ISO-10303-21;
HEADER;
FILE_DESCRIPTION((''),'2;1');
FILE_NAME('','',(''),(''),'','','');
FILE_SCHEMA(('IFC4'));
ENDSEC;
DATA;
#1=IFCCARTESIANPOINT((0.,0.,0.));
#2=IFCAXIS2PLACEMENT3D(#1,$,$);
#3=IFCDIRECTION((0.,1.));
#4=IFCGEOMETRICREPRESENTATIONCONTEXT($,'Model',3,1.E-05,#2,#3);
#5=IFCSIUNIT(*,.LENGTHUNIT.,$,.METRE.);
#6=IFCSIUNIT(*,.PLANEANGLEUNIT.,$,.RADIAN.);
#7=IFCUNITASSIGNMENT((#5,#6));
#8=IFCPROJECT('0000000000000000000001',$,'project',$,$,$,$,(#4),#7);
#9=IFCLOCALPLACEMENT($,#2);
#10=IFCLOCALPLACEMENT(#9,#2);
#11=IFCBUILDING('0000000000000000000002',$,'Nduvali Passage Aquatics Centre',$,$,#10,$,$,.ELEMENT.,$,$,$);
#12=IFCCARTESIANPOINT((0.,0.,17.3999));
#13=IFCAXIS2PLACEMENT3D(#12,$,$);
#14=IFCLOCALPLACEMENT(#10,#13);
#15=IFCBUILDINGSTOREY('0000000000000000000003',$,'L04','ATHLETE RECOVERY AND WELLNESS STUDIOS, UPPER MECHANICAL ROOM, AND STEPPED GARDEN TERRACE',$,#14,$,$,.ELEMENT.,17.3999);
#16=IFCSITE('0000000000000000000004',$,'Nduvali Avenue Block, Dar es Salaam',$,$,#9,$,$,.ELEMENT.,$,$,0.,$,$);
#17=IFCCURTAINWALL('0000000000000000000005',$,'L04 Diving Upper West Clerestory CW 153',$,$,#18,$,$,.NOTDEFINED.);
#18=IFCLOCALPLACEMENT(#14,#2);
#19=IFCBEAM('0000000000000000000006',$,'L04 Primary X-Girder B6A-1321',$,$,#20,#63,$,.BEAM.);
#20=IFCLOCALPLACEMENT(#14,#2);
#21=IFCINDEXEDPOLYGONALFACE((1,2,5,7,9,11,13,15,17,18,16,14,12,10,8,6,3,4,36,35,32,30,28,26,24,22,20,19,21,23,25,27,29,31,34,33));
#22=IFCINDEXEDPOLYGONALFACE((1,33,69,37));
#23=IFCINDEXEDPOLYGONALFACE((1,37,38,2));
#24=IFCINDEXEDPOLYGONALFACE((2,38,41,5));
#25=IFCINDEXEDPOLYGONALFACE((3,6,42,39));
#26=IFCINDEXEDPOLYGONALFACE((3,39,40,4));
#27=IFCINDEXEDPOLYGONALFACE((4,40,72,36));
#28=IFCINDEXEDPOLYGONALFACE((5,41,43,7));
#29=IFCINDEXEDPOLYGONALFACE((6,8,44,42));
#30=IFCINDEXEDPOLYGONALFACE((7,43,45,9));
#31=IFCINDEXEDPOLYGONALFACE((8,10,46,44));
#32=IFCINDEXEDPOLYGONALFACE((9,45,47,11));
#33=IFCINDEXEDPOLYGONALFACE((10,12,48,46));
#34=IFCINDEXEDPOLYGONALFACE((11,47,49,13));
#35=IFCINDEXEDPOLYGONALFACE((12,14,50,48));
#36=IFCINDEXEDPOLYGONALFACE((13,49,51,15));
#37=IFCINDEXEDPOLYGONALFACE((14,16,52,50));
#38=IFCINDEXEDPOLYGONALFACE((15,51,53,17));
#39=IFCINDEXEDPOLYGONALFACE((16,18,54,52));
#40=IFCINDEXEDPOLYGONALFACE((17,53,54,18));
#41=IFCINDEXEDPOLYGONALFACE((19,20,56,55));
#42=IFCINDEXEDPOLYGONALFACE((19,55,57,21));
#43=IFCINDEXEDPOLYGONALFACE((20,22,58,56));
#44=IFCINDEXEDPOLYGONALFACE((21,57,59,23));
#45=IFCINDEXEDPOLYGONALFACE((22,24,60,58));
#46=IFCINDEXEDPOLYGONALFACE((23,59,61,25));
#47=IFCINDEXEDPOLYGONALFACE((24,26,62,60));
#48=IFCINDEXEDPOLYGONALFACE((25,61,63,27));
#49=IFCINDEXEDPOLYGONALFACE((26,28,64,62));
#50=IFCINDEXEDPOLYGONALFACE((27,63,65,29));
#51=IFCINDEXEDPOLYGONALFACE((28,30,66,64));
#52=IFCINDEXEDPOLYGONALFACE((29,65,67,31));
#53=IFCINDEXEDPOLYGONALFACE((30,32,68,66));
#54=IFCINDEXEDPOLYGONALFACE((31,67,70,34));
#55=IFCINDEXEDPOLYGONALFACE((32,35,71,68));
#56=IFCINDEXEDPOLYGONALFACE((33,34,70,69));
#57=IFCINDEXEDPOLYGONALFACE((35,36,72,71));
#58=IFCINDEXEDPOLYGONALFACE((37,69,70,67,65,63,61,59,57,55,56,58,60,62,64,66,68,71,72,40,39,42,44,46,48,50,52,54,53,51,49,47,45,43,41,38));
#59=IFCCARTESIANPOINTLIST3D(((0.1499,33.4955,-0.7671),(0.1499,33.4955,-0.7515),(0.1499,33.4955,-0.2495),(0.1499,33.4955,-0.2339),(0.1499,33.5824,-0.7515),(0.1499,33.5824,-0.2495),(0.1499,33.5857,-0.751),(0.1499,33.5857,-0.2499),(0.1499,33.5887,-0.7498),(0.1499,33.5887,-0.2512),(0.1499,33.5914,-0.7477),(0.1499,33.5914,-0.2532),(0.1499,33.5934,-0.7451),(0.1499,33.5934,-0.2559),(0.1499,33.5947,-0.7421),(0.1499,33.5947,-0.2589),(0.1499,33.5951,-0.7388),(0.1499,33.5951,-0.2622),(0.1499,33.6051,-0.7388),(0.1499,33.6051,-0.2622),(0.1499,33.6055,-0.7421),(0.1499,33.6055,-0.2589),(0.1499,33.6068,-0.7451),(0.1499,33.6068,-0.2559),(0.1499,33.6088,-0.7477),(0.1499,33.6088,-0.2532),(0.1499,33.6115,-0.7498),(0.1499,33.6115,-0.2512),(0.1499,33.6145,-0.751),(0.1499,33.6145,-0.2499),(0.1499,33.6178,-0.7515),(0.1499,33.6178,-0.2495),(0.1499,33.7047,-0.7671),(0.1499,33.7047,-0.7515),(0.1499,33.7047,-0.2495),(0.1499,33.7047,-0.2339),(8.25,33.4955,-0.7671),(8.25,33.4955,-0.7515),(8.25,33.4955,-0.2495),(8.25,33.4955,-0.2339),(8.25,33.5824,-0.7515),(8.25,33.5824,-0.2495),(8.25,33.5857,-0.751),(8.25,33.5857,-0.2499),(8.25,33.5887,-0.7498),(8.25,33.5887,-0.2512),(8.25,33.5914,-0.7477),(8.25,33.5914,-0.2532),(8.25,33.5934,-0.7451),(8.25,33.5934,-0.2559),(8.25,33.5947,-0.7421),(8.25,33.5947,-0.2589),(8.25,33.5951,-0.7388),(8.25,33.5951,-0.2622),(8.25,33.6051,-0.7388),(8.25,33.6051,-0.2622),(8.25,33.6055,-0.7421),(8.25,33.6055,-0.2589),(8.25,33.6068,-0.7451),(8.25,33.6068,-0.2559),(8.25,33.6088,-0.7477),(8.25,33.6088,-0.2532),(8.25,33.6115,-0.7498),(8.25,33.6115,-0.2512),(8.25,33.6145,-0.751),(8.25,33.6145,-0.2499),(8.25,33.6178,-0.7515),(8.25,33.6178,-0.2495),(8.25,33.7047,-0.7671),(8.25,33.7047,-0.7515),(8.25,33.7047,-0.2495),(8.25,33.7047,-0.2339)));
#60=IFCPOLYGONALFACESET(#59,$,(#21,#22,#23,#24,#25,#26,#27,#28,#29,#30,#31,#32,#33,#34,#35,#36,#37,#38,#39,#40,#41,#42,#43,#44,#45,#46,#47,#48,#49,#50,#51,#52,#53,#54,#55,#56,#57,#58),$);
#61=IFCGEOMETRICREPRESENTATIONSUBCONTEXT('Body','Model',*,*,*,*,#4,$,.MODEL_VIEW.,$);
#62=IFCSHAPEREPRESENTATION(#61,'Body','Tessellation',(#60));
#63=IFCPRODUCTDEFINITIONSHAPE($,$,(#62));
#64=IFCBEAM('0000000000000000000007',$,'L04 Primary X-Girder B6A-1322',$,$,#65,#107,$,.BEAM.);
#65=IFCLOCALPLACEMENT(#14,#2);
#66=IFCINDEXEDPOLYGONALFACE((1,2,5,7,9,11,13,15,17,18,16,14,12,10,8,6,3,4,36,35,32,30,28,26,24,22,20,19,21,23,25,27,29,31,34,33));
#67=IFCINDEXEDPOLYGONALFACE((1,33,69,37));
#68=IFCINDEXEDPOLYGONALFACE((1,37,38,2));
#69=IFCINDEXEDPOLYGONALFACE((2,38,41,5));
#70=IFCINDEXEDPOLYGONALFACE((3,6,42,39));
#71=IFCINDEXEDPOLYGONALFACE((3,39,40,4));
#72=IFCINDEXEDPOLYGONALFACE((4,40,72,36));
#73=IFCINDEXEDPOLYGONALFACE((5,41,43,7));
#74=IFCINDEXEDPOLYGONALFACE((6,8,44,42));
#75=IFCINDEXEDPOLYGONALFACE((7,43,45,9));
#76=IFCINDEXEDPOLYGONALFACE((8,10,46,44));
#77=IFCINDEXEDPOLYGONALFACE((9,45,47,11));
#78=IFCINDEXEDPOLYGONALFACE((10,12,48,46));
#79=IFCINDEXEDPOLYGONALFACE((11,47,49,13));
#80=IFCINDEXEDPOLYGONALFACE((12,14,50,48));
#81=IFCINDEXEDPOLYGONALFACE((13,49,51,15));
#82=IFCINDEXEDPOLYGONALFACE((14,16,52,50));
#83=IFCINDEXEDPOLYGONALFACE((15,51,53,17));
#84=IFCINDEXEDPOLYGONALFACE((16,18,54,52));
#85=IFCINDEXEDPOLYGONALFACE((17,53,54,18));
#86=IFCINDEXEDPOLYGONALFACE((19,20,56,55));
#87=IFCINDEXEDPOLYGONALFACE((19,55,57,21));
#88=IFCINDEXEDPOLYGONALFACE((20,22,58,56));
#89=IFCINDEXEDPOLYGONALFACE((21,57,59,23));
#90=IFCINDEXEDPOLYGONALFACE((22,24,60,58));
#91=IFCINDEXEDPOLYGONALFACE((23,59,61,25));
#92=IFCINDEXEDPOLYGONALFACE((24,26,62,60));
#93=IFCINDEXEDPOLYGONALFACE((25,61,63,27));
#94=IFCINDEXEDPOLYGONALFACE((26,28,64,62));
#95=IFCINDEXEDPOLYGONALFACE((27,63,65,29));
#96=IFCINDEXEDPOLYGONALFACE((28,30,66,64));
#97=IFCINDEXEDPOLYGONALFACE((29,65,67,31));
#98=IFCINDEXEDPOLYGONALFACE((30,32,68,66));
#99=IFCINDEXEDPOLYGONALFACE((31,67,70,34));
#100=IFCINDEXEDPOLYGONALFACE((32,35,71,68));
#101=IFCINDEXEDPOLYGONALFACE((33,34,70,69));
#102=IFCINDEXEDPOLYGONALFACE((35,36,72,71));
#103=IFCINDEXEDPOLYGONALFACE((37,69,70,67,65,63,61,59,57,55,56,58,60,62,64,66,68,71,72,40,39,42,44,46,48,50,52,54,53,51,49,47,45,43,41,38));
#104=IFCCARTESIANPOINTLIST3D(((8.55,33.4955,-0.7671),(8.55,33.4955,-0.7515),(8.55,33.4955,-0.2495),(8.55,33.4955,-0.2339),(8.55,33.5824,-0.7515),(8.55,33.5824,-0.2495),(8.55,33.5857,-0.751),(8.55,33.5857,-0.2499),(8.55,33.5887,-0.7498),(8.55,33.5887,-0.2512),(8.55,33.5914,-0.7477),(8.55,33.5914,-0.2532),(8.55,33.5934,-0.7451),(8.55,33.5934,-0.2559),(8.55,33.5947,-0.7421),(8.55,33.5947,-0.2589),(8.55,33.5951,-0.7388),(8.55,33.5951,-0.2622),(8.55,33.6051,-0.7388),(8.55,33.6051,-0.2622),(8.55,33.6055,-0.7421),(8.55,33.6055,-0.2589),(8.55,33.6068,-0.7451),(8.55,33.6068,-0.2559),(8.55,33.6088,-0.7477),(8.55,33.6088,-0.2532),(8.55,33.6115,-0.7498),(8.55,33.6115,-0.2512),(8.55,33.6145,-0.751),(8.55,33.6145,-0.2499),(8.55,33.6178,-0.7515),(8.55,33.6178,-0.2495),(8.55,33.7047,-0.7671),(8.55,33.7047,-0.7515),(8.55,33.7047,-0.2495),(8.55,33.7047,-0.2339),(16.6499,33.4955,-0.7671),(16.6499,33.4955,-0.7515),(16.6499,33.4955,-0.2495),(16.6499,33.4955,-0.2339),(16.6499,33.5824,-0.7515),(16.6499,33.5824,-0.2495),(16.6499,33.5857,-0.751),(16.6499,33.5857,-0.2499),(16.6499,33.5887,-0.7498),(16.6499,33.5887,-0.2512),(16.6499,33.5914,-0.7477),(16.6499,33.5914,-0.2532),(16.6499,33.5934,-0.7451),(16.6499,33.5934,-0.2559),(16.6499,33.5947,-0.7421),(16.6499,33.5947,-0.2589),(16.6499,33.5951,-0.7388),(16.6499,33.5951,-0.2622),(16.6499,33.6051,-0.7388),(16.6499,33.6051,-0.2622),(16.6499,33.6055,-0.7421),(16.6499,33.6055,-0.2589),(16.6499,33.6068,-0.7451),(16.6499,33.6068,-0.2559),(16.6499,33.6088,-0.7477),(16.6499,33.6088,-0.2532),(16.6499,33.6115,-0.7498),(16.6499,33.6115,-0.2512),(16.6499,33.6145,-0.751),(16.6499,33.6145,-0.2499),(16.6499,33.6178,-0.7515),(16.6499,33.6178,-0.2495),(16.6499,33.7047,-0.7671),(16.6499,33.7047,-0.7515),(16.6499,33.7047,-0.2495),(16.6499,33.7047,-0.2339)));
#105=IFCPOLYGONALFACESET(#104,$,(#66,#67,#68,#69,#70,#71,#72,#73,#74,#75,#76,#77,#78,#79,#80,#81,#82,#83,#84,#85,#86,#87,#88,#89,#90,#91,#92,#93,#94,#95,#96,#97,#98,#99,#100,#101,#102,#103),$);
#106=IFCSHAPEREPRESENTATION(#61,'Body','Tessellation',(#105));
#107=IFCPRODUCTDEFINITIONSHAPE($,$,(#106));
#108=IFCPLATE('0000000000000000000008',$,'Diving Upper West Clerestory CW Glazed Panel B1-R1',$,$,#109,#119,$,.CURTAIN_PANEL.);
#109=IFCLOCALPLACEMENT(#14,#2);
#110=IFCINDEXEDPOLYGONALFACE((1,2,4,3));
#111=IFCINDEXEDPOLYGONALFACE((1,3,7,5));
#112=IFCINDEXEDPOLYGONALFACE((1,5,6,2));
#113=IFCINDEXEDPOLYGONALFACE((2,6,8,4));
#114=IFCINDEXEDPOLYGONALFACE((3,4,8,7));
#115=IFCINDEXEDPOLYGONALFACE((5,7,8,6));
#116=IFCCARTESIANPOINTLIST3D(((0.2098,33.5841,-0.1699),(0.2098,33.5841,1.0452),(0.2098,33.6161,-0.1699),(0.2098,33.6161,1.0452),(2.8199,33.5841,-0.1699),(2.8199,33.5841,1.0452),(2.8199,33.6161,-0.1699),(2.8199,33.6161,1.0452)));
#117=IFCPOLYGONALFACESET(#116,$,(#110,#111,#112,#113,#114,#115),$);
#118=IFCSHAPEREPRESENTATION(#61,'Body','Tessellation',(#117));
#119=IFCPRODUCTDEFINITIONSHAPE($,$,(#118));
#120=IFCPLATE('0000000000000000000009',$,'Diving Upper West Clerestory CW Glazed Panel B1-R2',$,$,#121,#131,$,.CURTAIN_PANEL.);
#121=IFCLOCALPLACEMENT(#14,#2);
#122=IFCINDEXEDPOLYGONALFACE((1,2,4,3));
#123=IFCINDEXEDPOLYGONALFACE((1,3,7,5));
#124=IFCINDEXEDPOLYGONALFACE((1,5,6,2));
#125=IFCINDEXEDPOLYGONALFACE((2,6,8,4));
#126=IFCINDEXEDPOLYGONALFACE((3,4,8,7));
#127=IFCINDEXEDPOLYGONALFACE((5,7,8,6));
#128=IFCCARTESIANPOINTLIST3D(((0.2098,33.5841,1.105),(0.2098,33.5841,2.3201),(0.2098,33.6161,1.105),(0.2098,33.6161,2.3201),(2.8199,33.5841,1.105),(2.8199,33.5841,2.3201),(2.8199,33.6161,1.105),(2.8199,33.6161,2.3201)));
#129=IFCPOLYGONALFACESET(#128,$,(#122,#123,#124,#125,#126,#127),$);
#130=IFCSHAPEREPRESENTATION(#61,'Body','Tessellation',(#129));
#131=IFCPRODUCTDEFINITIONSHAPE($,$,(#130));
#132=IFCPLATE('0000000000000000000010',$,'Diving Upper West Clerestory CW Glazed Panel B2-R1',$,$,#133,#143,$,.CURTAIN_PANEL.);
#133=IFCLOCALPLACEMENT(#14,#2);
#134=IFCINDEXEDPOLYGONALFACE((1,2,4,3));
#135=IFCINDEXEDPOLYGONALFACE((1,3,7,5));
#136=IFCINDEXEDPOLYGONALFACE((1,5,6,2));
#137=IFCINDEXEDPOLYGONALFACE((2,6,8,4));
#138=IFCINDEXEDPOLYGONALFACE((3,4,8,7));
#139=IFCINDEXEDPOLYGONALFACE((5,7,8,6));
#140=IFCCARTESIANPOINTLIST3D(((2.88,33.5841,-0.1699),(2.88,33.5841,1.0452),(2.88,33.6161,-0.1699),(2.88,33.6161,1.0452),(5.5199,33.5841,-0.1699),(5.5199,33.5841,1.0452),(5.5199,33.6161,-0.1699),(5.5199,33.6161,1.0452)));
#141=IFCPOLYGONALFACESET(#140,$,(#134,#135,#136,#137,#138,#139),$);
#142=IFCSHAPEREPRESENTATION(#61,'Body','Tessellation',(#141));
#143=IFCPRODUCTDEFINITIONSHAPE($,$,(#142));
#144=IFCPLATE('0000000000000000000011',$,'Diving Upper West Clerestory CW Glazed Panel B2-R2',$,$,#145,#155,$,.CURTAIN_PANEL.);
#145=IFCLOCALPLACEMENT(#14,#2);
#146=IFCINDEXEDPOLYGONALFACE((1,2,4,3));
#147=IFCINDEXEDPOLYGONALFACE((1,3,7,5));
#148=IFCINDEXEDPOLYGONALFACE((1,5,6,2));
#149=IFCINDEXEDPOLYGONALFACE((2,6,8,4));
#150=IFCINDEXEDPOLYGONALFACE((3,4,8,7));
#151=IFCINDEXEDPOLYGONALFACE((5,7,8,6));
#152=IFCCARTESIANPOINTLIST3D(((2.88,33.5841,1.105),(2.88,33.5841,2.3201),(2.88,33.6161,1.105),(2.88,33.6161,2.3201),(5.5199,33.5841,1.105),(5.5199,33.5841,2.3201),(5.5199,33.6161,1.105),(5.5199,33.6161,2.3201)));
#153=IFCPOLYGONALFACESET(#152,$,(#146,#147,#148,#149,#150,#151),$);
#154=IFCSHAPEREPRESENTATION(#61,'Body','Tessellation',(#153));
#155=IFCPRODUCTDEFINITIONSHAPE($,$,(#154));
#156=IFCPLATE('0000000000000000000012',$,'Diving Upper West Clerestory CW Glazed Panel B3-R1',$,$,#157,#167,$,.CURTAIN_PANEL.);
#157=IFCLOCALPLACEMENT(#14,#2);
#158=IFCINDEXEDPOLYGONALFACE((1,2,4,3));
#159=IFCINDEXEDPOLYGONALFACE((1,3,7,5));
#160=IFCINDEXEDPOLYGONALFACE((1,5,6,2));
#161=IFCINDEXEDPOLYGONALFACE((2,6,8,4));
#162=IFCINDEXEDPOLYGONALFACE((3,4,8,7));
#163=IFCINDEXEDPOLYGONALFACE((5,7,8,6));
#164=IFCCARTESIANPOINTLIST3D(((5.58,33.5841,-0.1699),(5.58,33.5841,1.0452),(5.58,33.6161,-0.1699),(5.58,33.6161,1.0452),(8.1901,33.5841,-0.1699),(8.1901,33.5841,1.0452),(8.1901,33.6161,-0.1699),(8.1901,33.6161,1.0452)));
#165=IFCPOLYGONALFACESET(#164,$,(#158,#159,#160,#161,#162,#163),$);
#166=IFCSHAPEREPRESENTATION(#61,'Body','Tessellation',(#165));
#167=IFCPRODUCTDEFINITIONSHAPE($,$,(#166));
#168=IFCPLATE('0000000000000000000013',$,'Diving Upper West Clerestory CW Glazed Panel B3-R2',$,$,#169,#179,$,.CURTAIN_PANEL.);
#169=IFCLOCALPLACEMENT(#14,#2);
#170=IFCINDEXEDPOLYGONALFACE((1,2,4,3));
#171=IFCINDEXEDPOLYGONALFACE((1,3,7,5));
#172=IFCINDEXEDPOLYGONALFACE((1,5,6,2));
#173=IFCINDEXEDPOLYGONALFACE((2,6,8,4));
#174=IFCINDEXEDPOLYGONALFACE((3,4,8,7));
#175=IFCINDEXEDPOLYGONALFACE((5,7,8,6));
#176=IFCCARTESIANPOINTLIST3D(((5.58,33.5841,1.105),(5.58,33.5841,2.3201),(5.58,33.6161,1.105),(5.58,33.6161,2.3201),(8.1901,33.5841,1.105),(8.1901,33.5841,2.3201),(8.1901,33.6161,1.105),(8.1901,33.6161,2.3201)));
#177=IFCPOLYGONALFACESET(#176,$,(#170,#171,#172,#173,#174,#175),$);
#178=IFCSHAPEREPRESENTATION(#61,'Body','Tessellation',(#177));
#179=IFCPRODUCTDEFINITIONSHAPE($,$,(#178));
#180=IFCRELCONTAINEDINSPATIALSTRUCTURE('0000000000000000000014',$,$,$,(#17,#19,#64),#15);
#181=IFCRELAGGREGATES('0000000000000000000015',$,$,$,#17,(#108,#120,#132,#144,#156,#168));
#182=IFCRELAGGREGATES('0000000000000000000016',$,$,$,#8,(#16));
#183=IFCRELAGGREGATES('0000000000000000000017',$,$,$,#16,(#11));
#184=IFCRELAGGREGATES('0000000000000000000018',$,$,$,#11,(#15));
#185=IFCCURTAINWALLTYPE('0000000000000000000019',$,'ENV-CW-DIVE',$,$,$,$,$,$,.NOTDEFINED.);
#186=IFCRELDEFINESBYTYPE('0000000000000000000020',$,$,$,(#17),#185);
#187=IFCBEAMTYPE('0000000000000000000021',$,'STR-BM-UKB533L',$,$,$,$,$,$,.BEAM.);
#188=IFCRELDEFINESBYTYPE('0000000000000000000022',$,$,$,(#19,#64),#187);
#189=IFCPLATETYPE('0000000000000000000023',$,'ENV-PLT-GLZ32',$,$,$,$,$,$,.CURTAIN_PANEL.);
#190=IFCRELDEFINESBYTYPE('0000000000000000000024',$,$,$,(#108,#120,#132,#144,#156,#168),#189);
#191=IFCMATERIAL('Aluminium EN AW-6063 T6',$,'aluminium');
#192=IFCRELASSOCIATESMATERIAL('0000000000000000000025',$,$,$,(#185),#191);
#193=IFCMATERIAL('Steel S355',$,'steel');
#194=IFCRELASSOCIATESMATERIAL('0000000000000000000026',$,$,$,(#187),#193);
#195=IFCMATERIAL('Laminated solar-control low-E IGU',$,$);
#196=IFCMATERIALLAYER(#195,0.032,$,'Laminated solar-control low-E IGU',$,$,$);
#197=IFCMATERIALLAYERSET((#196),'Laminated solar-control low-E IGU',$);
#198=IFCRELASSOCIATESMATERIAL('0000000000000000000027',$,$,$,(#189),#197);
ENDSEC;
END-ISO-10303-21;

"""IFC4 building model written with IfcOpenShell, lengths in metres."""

from ifc_helpers import new_model, si_unit, direction, frame, origin, origin_2d, place, context, subcontext, project, spatial, rectangle, i_section, extrude, material, layer, layer_set, material_profile, profile_set, type_object, element, aggregate, save


model = new_model("IFC4")

# Units and contexts
model_context = context("Model", 3, precision=1e-05, world=origin(), true_north=direction((0.0, 1.0)))
body_context = subcontext(model_context, "Body", "Model", "MODEL_VIEW")
ifc_project = project(units=[si_unit("LENGTHUNIT", "METRE"), si_unit("PLANEANGLEUNIT", "RADIAN")], contexts=[model_context])

# Site, building, storey
site_placement = place(None, origin())
site = spatial("IfcSite", under=ifc_project, at=site_placement, Name="Nduvali Avenue Block, Dar es Salaam", CompositionType="ELEMENT", RefElevation=0.0)
building_placement = place(site_placement, origin())
building = spatial("IfcBuilding", under=site, at=building_placement, Name="Nduvali Passage Aquatics Centre", CompositionType="ELEMENT")
storey_placement = place(building_placement, frame((0.0, 0.0, 17.3999)))
storey = spatial("IfcBuildingStorey", under=building, at=storey_placement, Name="L04", Description="ATHLETE RECOVERY AND WELLNESS STUDIOS, UPPER MECHANICAL ROOM, AND STEPPED GARDEN TERRACE", CompositionType="ELEMENT", Elevation=17.3999)

# Shared definitions
ifc_material_1 = material(Name="Steel S355", Category="steel")

# Curtain wall
ifc_material_2 = material(Name="Aluminium EN AW-6063 T6", Category="aluminium")
curtain_wall_type = type_object("IfcCurtainWallType", Name="ENV-CW-DIVE", PredefinedType="NOTDEFINED", material=ifc_material_2)
curtain_wall_1_placement = place(storey_placement, origin())
curtain_wall_1 = element("IfcCurtainWall", 1, at=curtain_wall_1_placement, inside=storey, type_object=curtain_wall_type, Name="L04 Diving Upper West Clerestory CW 153", PredefinedType="NOTDEFINED")

# Beams
ifc_material_profile_1 = material_profile(ifc_material_1, i_section(OverallWidth=0.2092, OverallDepth=0.5332, WebThickness=0.01, FlangeThickness=0.0156, FilletRadius=0.0127, at=origin_2d()), Name="UKB 533x210x92")
ifc_profile_set_1 = profile_set([ifc_material_profile_1], Name="Steel S355")
beam_type = type_object("IfcBeamType", Name="STR-BM-UKB533L", PredefinedType="BEAM", material=ifc_profile_set_1)
beam_1_placement = place(storey_placement, frame((0.1499, 33.6001, -0.5005), z_axis=(1.0, 0.0, 0.0), x_axis=(0.0, 1.0, 0.0)))
element("IfcBeam", 2, at=beam_1_placement, inside=storey, type_object=beam_type, Name="L04 Primary X-Girder B6A-1321", PredefinedType="BEAM", context=body_context, shape_type="SweptSolid", body=[
    extrude(i_section(OverallWidth=0.2092, OverallDepth=0.5332, WebThickness=0.01, FlangeThickness=0.0156, FilletRadius=0.0127, at=origin_2d()), origin(), (0.0, 0.0, 1.0), 8.1001),
])
beam_2_placement = place(storey_placement, frame((8.55, 33.6001, -0.5005), z_axis=(1.0, 0.0, 0.0), x_axis=(0.0, 1.0, 0.0)))
element("IfcBeam", 3, at=beam_2_placement, inside=storey, type_object=beam_type, Name="L04 Primary X-Girder B6A-1322", PredefinedType="BEAM", context=body_context, shape_type="SweptSolid", body=[
    extrude(i_section(OverallWidth=0.2092, OverallDepth=0.5332, WebThickness=0.01, FlangeThickness=0.0156, FilletRadius=0.0127, at=origin_2d()), origin(), (0.0, 0.0, 1.0), 8.0999),
])

# Plates
ifc_material_3 = material(Name="Laminated solar-control low-E IGU")
ifc_layer_1 = layer(ifc_material_3, 0.032, Name="Laminated solar-control low-E IGU")
ifc_layer_set_1 = layer_set([ifc_layer_1], Name="Laminated solar-control low-E IGU")
plate_type = type_object("IfcPlateType", Name="ENV-PLT-GLZ32", PredefinedType="CURTAIN_PANEL", material=ifc_layer_set_1)
plate_1_placement = place(storey_placement, frame((1.5149, 33.6001, -0.1699), z_axis=(0.0, 0.0, 1.0), x_axis=(1.0, 0.0, 0.0)))
plate_1 = element("IfcPlate", 4, at=plate_1_placement, type_object=plate_type, Name="Diving Upper West Clerestory CW Glazed Panel B1-R1", PredefinedType="CURTAIN_PANEL", context=body_context, shape_type="SweptSolid", body=[
    extrude(rectangle(XDim=2.6101, YDim=0.032, at=origin_2d()), origin(), (0.0, 0.0, 1.0), 1.2151),
])
plate_2_placement = place(storey_placement, frame((1.5149, 33.6001, 1.105), z_axis=(0.0, 0.0, 1.0), x_axis=(1.0, 0.0, 0.0)))
plate_2 = element("IfcPlate", 5, at=plate_2_placement, type_object=plate_type, Name="Diving Upper West Clerestory CW Glazed Panel B1-R2", PredefinedType="CURTAIN_PANEL", context=body_context, shape_type="SweptSolid", body=[
    extrude(rectangle(XDim=2.6101, YDim=0.032, at=origin_2d()), origin(), (0.0, 0.0, 1.0), 1.2151),
])
plate_3_placement = place(storey_placement, frame((4.2, 33.6001, -0.1699), z_axis=(0.0, 0.0, 1.0), x_axis=(1.0, 0.0, 0.0)))
plate_3 = element("IfcPlate", 6, at=plate_3_placement, type_object=plate_type, Name="Diving Upper West Clerestory CW Glazed Panel B2-R1", PredefinedType="CURTAIN_PANEL", context=body_context, shape_type="SweptSolid", body=[
    extrude(rectangle(XDim=2.6399, YDim=0.032, at=origin_2d()), origin(), (0.0, 0.0, 1.0), 1.2151),
])
plate_4_placement = place(storey_placement, frame((4.2, 33.6001, 1.105), z_axis=(0.0, 0.0, 1.0), x_axis=(1.0, 0.0, 0.0)))
plate_4 = element("IfcPlate", 7, at=plate_4_placement, type_object=plate_type, Name="Diving Upper West Clerestory CW Glazed Panel B2-R2", PredefinedType="CURTAIN_PANEL", context=body_context, shape_type="SweptSolid", body=[
    extrude(rectangle(XDim=2.6399, YDim=0.032, at=origin_2d()), origin(), (0.0, 0.0, 1.0), 1.2151),
])
plate_5_placement = place(storey_placement, frame((6.885, 33.6001, -0.1699), z_axis=(0.0, 0.0, 1.0), x_axis=(1.0, 0.0, 0.0)))
plate_5 = element("IfcPlate", 8, at=plate_5_placement, type_object=plate_type, Name="Diving Upper West Clerestory CW Glazed Panel B3-R1", PredefinedType="CURTAIN_PANEL", context=body_context, shape_type="SweptSolid", body=[
    extrude(rectangle(XDim=2.6101, YDim=0.032, at=origin_2d()), origin(), (0.0, 0.0, 1.0), 1.2151),
])
plate_6_placement = place(storey_placement, frame((6.885, 33.6001, 1.105), z_axis=(0.0, 0.0, 1.0), x_axis=(1.0, 0.0, 0.0)))
plate_6 = element("IfcPlate", 9, at=plate_6_placement, type_object=plate_type, Name="Diving Upper West Clerestory CW Glazed Panel B3-R2", PredefinedType="CURTAIN_PANEL", context=body_context, shape_type="SweptSolid", body=[
    extrude(rectangle(XDim=2.6101, YDim=0.032, at=origin_2d()), origin(), (0.0, 0.0, 1.0), 1.2151),
])
aggregate(curtain_wall_1, [plate_1, plate_2, plate_3, plate_4, plate_5, plate_6])

save(model, "model.ifc")
